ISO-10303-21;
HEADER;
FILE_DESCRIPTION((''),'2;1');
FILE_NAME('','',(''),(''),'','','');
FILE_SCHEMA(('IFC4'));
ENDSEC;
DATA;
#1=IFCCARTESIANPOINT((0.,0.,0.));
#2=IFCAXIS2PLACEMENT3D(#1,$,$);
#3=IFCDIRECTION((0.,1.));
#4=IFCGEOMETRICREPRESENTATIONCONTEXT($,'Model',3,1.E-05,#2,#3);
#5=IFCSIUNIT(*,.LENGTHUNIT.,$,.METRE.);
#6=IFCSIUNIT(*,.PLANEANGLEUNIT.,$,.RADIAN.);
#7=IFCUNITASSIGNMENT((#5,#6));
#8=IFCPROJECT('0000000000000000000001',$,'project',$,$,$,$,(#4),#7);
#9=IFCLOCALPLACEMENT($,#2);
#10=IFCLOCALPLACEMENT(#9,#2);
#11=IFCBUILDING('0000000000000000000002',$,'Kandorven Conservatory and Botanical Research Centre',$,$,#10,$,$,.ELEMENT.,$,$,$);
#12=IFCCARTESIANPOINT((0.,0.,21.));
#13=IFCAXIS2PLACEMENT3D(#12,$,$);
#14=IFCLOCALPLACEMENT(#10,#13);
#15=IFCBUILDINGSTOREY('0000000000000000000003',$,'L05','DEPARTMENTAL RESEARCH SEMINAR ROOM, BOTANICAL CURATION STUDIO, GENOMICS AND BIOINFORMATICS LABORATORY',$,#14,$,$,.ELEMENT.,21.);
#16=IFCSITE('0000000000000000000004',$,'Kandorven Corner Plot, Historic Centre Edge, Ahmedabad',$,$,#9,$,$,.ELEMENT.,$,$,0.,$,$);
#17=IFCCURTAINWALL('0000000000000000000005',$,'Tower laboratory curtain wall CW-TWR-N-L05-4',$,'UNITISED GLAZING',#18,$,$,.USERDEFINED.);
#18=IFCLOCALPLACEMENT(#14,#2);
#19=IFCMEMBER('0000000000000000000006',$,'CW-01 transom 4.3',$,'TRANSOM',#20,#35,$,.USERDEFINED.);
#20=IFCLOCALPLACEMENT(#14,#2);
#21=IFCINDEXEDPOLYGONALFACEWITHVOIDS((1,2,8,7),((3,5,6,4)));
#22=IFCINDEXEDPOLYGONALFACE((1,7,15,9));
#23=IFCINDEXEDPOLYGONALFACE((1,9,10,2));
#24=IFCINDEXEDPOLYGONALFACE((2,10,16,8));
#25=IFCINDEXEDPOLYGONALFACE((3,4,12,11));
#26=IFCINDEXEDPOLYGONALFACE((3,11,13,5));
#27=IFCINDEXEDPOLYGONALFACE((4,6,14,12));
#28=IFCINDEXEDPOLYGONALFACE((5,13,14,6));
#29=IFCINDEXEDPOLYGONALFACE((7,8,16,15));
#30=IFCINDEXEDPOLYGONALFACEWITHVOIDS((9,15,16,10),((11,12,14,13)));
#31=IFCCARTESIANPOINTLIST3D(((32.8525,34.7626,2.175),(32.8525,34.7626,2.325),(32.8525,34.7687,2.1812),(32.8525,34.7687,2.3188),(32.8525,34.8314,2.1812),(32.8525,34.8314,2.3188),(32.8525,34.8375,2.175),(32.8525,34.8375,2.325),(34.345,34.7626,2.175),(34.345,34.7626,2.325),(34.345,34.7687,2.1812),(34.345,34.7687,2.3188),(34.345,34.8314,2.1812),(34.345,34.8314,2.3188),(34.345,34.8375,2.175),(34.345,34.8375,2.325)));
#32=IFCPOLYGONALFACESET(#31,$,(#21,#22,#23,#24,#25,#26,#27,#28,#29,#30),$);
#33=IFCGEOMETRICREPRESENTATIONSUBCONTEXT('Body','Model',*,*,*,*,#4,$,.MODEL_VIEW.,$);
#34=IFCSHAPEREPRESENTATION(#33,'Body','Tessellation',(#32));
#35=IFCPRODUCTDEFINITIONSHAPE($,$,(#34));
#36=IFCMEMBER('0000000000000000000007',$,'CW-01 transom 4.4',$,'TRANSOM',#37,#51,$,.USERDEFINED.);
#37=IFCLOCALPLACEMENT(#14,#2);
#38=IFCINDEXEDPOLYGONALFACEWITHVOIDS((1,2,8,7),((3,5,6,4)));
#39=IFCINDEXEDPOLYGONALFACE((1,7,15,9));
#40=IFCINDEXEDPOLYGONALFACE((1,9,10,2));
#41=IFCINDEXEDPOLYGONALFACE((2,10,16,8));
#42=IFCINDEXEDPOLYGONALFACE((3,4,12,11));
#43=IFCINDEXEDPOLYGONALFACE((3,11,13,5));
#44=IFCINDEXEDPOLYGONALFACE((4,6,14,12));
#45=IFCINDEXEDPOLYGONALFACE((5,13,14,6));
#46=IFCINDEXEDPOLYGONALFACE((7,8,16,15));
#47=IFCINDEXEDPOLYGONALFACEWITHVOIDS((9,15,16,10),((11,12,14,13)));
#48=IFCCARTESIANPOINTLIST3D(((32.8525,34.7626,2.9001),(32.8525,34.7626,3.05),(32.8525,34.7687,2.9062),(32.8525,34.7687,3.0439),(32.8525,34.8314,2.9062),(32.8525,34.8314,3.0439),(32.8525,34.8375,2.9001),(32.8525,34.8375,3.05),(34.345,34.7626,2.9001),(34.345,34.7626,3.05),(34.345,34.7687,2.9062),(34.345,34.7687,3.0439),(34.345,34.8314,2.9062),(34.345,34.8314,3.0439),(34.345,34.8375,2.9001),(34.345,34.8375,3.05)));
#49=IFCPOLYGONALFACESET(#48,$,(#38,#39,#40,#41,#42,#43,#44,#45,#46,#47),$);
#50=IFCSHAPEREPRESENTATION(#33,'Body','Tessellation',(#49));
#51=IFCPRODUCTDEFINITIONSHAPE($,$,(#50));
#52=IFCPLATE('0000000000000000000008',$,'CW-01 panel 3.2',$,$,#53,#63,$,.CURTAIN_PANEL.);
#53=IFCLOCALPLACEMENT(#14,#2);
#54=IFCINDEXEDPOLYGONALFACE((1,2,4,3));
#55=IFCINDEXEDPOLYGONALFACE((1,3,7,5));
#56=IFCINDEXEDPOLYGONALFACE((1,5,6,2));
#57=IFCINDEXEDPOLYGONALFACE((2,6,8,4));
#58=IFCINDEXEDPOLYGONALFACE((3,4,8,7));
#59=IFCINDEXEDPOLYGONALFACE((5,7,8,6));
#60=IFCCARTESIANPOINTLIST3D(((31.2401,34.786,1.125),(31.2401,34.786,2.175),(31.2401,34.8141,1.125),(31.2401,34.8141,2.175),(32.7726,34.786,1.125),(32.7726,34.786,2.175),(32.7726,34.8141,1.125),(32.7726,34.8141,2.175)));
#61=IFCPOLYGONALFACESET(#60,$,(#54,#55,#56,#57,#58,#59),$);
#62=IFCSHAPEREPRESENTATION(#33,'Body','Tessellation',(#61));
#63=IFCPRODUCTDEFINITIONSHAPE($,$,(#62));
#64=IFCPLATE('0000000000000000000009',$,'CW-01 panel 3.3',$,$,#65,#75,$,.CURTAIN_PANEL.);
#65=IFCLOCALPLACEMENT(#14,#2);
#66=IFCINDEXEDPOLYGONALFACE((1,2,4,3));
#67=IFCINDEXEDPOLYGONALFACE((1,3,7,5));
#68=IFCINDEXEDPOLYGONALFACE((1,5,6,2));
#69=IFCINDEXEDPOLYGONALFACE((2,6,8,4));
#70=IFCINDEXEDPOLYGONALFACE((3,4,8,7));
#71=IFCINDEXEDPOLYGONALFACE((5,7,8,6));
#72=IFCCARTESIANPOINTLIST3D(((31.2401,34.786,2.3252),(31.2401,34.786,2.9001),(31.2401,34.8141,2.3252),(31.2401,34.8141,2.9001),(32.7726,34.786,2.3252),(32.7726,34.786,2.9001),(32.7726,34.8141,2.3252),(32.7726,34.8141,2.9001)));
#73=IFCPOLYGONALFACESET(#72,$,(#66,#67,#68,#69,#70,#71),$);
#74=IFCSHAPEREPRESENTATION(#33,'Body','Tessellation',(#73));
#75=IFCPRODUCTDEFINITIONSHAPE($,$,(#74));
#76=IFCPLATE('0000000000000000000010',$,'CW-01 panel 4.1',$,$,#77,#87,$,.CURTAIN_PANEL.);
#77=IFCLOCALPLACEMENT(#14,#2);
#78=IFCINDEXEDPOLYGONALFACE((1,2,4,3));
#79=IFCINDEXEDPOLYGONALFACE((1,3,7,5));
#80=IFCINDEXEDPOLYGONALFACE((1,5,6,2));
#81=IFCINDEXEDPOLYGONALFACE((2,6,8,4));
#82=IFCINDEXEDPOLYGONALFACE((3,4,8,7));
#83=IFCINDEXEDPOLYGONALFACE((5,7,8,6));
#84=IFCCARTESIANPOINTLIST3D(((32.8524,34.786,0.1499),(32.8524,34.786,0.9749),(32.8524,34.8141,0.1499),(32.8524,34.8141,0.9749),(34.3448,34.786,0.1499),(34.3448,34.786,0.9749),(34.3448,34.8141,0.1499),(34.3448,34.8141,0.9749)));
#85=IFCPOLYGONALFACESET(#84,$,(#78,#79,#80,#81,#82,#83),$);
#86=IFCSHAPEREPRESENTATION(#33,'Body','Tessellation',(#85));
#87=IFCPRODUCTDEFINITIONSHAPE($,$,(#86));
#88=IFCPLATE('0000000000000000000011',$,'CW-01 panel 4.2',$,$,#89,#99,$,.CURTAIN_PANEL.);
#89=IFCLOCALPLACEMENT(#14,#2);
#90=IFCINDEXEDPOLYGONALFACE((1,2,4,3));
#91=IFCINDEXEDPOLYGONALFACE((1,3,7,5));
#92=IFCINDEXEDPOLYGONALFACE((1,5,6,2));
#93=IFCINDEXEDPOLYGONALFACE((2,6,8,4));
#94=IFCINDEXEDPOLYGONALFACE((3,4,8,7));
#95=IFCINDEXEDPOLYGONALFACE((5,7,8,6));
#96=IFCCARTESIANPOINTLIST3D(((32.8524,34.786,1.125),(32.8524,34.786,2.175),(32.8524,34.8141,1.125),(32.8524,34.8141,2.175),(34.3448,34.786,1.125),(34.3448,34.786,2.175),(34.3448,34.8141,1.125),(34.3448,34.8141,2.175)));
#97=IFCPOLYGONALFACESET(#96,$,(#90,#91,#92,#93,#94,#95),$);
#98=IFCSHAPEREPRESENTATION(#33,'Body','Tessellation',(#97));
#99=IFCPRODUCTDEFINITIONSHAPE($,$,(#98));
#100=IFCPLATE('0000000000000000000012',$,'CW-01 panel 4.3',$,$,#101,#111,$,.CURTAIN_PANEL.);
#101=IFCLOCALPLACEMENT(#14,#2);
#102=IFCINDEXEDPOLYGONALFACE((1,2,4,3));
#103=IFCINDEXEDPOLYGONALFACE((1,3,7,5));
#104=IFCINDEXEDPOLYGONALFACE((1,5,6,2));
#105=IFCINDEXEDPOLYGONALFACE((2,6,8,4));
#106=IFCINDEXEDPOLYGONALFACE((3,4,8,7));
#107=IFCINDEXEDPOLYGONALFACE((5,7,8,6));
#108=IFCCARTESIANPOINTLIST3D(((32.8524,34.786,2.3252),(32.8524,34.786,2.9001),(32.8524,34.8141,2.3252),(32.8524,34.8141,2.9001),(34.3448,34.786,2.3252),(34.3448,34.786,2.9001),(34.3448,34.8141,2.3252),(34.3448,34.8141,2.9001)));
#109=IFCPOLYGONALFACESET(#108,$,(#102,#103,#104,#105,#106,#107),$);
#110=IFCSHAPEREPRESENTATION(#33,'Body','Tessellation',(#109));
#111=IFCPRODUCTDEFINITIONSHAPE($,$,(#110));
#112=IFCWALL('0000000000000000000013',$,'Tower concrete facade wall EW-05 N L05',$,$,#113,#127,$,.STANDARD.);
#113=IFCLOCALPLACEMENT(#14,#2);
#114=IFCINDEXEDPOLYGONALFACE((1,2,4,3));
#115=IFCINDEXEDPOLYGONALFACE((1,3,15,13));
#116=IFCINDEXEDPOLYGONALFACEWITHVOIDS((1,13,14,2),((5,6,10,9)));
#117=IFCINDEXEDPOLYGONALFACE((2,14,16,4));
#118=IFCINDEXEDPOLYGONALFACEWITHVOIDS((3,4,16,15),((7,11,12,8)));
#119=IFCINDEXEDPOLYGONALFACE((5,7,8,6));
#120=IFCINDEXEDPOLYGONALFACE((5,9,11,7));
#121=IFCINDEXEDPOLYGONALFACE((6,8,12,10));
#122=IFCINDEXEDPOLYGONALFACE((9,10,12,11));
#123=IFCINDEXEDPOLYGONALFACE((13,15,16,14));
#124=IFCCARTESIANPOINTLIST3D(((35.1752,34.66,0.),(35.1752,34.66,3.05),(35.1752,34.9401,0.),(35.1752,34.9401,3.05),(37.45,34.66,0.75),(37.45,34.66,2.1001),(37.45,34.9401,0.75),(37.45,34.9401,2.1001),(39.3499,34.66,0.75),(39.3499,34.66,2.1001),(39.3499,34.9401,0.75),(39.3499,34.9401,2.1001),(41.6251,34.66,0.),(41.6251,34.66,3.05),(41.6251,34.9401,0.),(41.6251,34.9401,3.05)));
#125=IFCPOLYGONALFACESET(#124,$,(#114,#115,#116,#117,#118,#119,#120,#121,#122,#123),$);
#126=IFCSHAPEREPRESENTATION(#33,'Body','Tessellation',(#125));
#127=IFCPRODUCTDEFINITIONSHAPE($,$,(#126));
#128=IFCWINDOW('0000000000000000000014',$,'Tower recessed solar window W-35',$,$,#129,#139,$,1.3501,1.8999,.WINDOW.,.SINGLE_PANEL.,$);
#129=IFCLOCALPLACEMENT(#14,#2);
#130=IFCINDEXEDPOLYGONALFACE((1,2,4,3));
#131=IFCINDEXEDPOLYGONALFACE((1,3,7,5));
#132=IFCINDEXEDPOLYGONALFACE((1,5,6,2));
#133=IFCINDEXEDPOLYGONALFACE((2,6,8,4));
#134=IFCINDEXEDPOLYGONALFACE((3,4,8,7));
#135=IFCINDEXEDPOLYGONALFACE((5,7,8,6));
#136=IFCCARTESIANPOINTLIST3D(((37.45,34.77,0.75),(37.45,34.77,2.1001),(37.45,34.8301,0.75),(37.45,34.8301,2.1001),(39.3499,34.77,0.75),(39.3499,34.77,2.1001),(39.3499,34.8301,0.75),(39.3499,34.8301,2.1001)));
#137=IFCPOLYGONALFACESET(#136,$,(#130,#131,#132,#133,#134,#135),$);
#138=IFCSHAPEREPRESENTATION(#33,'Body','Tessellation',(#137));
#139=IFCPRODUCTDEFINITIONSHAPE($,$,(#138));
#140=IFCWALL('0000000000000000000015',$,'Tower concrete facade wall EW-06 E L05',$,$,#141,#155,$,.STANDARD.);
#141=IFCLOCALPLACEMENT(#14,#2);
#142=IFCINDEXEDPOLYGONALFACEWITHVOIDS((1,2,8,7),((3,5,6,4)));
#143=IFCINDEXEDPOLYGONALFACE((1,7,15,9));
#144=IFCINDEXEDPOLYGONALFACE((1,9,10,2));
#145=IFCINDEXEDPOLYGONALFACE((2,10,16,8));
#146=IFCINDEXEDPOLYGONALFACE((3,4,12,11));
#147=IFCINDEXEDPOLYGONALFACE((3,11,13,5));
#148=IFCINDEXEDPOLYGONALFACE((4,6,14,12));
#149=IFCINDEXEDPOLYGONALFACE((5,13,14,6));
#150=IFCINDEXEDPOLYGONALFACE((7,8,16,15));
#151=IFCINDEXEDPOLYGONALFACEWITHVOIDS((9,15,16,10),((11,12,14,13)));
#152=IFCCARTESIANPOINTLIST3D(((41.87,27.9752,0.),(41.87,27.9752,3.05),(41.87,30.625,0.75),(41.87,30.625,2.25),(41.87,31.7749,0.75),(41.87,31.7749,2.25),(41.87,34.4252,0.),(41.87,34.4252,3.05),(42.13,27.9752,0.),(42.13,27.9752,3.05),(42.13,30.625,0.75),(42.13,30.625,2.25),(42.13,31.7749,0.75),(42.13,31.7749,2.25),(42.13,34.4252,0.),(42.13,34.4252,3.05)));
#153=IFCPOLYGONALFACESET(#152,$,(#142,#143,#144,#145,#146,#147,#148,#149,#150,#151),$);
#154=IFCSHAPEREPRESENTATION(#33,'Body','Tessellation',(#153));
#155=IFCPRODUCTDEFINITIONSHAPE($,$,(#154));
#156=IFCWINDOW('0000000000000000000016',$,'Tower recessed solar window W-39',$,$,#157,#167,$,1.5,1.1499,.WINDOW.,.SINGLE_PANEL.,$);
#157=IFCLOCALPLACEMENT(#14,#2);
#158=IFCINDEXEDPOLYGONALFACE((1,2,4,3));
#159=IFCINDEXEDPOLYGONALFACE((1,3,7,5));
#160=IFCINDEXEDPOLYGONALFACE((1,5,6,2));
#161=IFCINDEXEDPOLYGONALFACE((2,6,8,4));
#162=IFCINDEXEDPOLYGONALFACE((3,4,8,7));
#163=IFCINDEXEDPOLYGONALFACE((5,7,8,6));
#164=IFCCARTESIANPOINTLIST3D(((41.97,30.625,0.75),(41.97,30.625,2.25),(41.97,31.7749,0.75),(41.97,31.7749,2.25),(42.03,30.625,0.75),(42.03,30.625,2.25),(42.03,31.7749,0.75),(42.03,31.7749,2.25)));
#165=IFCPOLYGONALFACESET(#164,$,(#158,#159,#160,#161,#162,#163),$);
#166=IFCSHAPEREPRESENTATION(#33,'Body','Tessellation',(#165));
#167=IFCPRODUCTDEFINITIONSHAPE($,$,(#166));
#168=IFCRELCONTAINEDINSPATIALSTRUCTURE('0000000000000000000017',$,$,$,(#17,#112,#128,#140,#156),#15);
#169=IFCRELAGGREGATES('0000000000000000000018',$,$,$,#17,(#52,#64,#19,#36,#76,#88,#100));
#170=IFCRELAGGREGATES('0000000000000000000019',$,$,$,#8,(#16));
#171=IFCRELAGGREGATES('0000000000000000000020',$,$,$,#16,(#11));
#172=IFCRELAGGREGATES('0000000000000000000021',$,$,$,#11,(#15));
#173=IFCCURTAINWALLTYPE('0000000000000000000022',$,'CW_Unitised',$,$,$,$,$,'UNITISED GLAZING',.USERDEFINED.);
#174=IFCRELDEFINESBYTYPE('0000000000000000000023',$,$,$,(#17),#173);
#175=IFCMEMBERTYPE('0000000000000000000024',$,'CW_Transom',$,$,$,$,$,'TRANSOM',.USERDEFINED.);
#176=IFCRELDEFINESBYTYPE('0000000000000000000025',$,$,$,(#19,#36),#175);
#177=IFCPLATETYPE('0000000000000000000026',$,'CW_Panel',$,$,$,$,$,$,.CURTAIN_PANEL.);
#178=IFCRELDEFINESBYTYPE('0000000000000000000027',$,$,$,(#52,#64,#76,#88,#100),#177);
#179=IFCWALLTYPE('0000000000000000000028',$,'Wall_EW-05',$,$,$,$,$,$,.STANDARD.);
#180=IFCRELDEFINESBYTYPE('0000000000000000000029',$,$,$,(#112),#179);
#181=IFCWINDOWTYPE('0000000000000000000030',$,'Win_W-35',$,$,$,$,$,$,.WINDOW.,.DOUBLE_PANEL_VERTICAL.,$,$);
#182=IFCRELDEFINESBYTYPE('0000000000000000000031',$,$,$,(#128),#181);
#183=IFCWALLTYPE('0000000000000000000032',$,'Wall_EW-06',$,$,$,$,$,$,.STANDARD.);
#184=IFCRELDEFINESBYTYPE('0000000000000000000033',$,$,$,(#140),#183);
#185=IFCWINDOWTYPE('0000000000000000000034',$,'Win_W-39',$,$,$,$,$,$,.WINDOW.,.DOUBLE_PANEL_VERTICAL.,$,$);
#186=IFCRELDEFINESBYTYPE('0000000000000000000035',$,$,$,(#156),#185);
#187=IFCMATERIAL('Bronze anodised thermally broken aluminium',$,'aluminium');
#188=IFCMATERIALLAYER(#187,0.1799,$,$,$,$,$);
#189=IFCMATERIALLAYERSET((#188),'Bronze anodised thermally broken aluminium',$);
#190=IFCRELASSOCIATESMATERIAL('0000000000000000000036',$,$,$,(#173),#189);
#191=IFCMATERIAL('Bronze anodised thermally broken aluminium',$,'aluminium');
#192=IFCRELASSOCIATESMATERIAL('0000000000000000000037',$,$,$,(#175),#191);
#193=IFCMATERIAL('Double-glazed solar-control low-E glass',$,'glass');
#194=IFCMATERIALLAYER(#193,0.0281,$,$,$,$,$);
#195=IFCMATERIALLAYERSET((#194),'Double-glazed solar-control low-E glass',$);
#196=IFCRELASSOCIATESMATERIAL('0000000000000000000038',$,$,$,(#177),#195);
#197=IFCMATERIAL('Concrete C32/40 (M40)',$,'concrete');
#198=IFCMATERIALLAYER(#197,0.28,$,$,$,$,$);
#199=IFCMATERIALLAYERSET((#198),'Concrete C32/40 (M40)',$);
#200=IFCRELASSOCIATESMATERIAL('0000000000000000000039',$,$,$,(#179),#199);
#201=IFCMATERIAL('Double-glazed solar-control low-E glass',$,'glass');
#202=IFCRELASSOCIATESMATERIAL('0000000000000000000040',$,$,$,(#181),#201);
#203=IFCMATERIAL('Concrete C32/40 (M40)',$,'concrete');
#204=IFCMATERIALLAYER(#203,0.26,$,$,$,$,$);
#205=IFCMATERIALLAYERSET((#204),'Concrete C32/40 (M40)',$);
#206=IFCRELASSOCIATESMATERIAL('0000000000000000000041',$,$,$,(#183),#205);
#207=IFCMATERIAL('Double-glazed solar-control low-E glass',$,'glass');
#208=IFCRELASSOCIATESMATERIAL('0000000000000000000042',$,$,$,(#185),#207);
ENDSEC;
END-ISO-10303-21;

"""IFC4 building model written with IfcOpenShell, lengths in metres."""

from ifc_helpers import new_model, si_unit, direction, frame, frame_2d, origin, origin_2d, place, context, subcontext, project, spatial, rectangle, hollow_rectangle, extrude, material, layer, layer_set, material_profile, profile_set, type_object, element, fill, aggregate, save


model = new_model("IFC4")

# Units and contexts
model_context = context("Model", 3, precision=1e-05, world=origin(), true_north=direction((0.0, 1.0)))
body_context = subcontext(model_context, "Body", "Model", "MODEL_VIEW")
ifc_project = project(units=[si_unit("LENGTHUNIT", "METRE"), si_unit("PLANEANGLEUNIT", "RADIAN")], contexts=[model_context])

# Site, building, storey
site_placement = place(None, origin())
site = spatial("IfcSite", under=ifc_project, at=site_placement, Name="Kandorven Corner Plot, Historic Centre Edge, Ahmedabad", CompositionType="ELEMENT", RefElevation=0.0)
building_placement = place(site_placement, origin())
building = spatial("IfcBuilding", under=site, at=building_placement, Name="Kandorven Conservatory and Botanical Research Centre", CompositionType="ELEMENT")
storey_placement = place(building_placement, frame((0.0, 0.0, 21.0)))
storey = spatial("IfcBuildingStorey", under=building, at=storey_placement, Name="L05", Description="DEPARTMENTAL RESEARCH SEMINAR ROOM, BOTANICAL CURATION STUDIO, GENOMICS AND BIOINFORMATICS LABORATORY", CompositionType="ELEMENT", Elevation=21.0)

# Curtain wall, members, plates
ifc_material_1 = material(Name="Bronze anodised thermally broken aluminium", Category="aluminium")
ifc_layer_1 = layer(ifc_material_1, 0.1799)
ifc_layer_set_1 = layer_set([ifc_layer_1], Name="Bronze anodised thermally broken aluminium")
curtain_wall_type = type_object("IfcCurtainWallType", Name="CW_Unitised", ElementType="UNITISED GLAZING", PredefinedType="USERDEFINED", material=ifc_layer_set_1)
curtain_wall_placement = place(storey_placement, origin())
curtain_wall = element("IfcCurtainWall", 1, at=curtain_wall_placement, inside=storey, type_object=curtain_wall_type, Name="Tower laboratory curtain wall CW-TWR-N-L05-4", ObjectType="UNITISED GLAZING", PredefinedType="USERDEFINED")
ifc_material_2 = material(Name="Bronze anodised thermally broken aluminium", Category="aluminium")
ifc_material_profile_1 = material_profile(ifc_material_2, hollow_rectangle(XDim=0.075, YDim=0.1499, WallThickness=0.0061, at=origin_2d()))
ifc_profile_set_1 = profile_set([ifc_material_profile_1], Name="Bronze anodised thermally broken aluminium")
member_type_1 = type_object("IfcMemberType", Name="CW_Transom", ElementType="TRANSOM", PredefinedType="USERDEFINED", material=ifc_profile_set_1)
member_1_placement = place(storey_placement, frame((32.8525, 34.8, 2.25), z_axis=(1.0, 0.0, 0.0), x_axis=(0.0, 1.0, 0.0)))
member_1 = element("IfcMember", 2, at=member_1_placement, type_object=member_type_1, Name="CW-01 transom 4.3", ObjectType="TRANSOM", PredefinedType="USERDEFINED", context=body_context, shape_type="SweptSolid", body=[
    extrude(hollow_rectangle(XDim=0.075, YDim=0.1499, WallThickness=0.0061, at=origin_2d()), origin(), (0.0, 0.0, 1.0), 1.4924),
])
member_2_placement = place(storey_placement, frame((32.8525, 34.8, 2.9751), z_axis=(1.0, 0.0, 0.0), x_axis=(0.0, 1.0, 0.0)))
member_2 = element("IfcMember", 3, at=member_2_placement, type_object=member_type_1, Name="CW-01 transom 4.4", ObjectType="TRANSOM", PredefinedType="USERDEFINED", context=body_context, shape_type="SweptSolid", body=[
    extrude(hollow_rectangle(XDim=0.075, YDim=0.1499, WallThickness=0.0061, at=origin_2d()), origin(), (0.0, 0.0, 1.0), 1.4924),
])
ifc_material_3 = material(Name="Double-glazed solar-control low-E glass", Category="glass")
ifc_layer_2 = layer(ifc_material_3, 0.0281)
ifc_layer_set_2 = layer_set([ifc_layer_2], Name="Double-glazed solar-control low-E glass")
plate_type = type_object("IfcPlateType", Name="CW_Panel", PredefinedType="CURTAIN_PANEL", material=ifc_layer_set_2)
plate_1_placement = place(storey_placement, frame((32.0063, 34.8, 1.125), z_axis=(0.0, 0.0, 1.0), x_axis=(1.0, 0.0, 0.0)))
plate_1 = element("IfcPlate", 4, at=plate_1_placement, type_object=plate_type, Name="CW-01 panel 3.2", PredefinedType="CURTAIN_PANEL", context=body_context, shape_type="SweptSolid", body=[
    extrude(rectangle(XDim=1.5325, YDim=0.0281, at=origin_2d()), origin(), (0.0, 0.0, 1.0), 1.05),
])
plate_2_placement = place(storey_placement, frame((32.0063, 34.8, 2.3252), z_axis=(0.0, 0.0, 1.0), x_axis=(1.0, 0.0, 0.0)))
plate_2 = element("IfcPlate", 5, at=plate_2_placement, type_object=plate_type, Name="CW-01 panel 3.3", PredefinedType="CURTAIN_PANEL", context=body_context, shape_type="SweptSolid", body=[
    extrude(rectangle(XDim=1.5325, YDim=0.0281, at=origin_2d()), origin(), (0.0, 0.0, 1.0), 0.575),
])
plate_3_placement = place(storey_placement, frame((33.5986, 34.8, 0.1499), z_axis=(0.0, 0.0, 1.0), x_axis=(1.0, 0.0, 0.0)))
plate_3 = element("IfcPlate", 6, at=plate_3_placement, type_object=plate_type, Name="CW-01 panel 4.1", PredefinedType="CURTAIN_PANEL", context=body_context, shape_type="SweptSolid", body=[
    extrude(rectangle(XDim=1.4924, YDim=0.0281, at=origin_2d()), origin(), (0.0, 0.0, 1.0), 0.825),
])
plate_4_placement = place(storey_placement, frame((33.5986, 34.8, 1.125), z_axis=(0.0, 0.0, 1.0), x_axis=(1.0, 0.0, 0.0)))
plate_4 = element("IfcPlate", 7, at=plate_4_placement, type_object=plate_type, Name="CW-01 panel 4.2", PredefinedType="CURTAIN_PANEL", context=body_context, shape_type="SweptSolid", body=[
    extrude(rectangle(XDim=1.4924, YDim=0.0281, at=origin_2d()), origin(), (0.0, 0.0, 1.0), 1.05),
])
plate_5_placement = place(storey_placement, frame((33.5986, 34.8, 2.3252), z_axis=(0.0, 0.0, 1.0), x_axis=(1.0, 0.0, 0.0)))
plate_5 = element("IfcPlate", 8, at=plate_5_placement, type_object=plate_type, Name="CW-01 panel 4.3", PredefinedType="CURTAIN_PANEL", context=body_context, shape_type="SweptSolid", body=[
    extrude(rectangle(XDim=1.4924, YDim=0.0281, at=origin_2d()), origin(), (0.0, 0.0, 1.0), 0.575),
])
aggregate(curtain_wall, [plate_1, plate_2, member_1, member_2, plate_3, plate_4, plate_5])

# Walls, openings, windows
ifc_material_4 = material(Name="Concrete C32/40 (M40)", Category="concrete")
ifc_layer_3 = layer(ifc_material_4, 0.28)
ifc_layer_set_3 = layer_set([ifc_layer_3], Name="Concrete C32/40 (M40)")
wall_type_1 = type_object("IfcWallType", Name="Wall_EW-05", PredefinedType="STANDARD", material=ifc_layer_set_3)
wall_1_placement = place(storey_placement, frame((35.175, 34.8, 0.0), z_axis=(0.0, 0.0, 1.0), x_axis=(1.0, 0.0, 0.0)))
wall_1 = element("IfcWall", 9, at=wall_1_placement, inside=storey, type_object=wall_type_1, Name="Tower concrete facade wall EW-05 N L05", PredefinedType="STANDARD", context=body_context, shape_type="SweptSolid", body=[
    extrude(rectangle(XDim=6.45, YDim=0.28, at=frame_2d((3.2251, 0.0))), origin(), (0.0, 0.0, 1.0), 3.05),
])
opening_1_placement = place(wall_1_placement, frame((2.2749, 0.0, 0.75)))
opening_1 = element("IfcOpeningElement", 10, at=opening_1_placement, cuts=wall_1, PredefinedType="OPENING", context=body_context, shape_type="SweptSolid", body=[
    extrude(rectangle(XDim=1.8999, YDim=1.3501, at=frame_2d((0.95, 0.675))), frame((0.0, 0.1499, 0.0), z_axis=(0.0, -1.0, 0.0), x_axis=(1.0, 0.0, 0.0)), (0.0, 0.0, 1.0), 0.3),
])
ifc_material_5 = material(Name="Double-glazed solar-control low-E glass", Category="glass")
window_type_1 = type_object("IfcWindowType", Name="Win_W-35", PartitioningType="DOUBLE_PANEL_VERTICAL", PredefinedType="WINDOW", material=ifc_material_5)
window_1_placement = place(opening_1_placement, origin())
window_1 = element("IfcWindow", 11, at=window_1_placement, inside=storey, type_object=window_type_1, Name="Tower recessed solar window W-35", OverallHeight=1.3501, OverallWidth=1.8999, PartitioningType="SINGLE_PANEL", PredefinedType="WINDOW", context=body_context, shape_type="SweptSolid", body=[
    extrude(rectangle(XDim=1.8999, YDim=1.3501, at=frame_2d((0.95, 0.675))), frame((0.0, 0.03, 0.0), z_axis=(0.0, -1.0, 0.0), x_axis=(1.0, 0.0, 0.0)), (0.0, 0.0, 1.0), 0.0601),
])
fill(opening_1, window_1)
ifc_material_6 = material(Name="Concrete C32/40 (M40)", Category="concrete")
ifc_layer_4 = layer(ifc_material_6, 0.26)
ifc_layer_set_4 = layer_set([ifc_layer_4], Name="Concrete C32/40 (M40)")
wall_type_2 = type_object("IfcWallType", Name="Wall_EW-06", PredefinedType="STANDARD", material=ifc_layer_set_4)
wall_2_placement = place(storey_placement, frame((42.0, 27.9751, 0.0), z_axis=(0.0, 0.0, 1.0), x_axis=(0.0, 1.0, 0.0)))
wall_2 = element("IfcWall", 12, at=wall_2_placement, inside=storey, type_object=wall_type_2, Name="Tower concrete facade wall EW-06 E L05", PredefinedType="STANDARD", context=body_context, shape_type="SweptSolid", body=[
    extrude(rectangle(XDim=6.45, YDim=0.26, at=frame_2d((3.2251, 0.0))), origin(), (0.0, 0.0, 1.0), 3.05),
])
opening_2_placement = place(wall_2_placement, frame((2.6499, 0.0, 0.75)))
opening_2 = element("IfcOpeningElement", 13, at=opening_2_placement, cuts=wall_2, PredefinedType="OPENING", context=body_context, shape_type="SweptSolid", body=[
    extrude(rectangle(XDim=1.1499, YDim=1.5, at=frame_2d((0.575, 0.75))), frame((0.0, 0.1399, 0.0), z_axis=(0.0, -1.0, 0.0), x_axis=(1.0, 0.0, 0.0)), (0.0, 0.0, 1.0), 0.28),
])
ifc_material_7 = material(Name="Double-glazed solar-control low-E glass", Category="glass")
window_type_2 = type_object("IfcWindowType", Name="Win_W-39", PartitioningType="DOUBLE_PANEL_VERTICAL", PredefinedType="WINDOW", material=ifc_material_7)
window_2_placement = place(opening_2_placement, origin())
window_2 = element("IfcWindow", 14, at=window_2_placement, inside=storey, type_object=window_type_2, Name="Tower recessed solar window W-39", OverallHeight=1.5, OverallWidth=1.1499, PartitioningType="SINGLE_PANEL", PredefinedType="WINDOW", context=body_context, shape_type="SweptSolid", body=[
    extrude(rectangle(XDim=1.1499, YDim=1.5, at=frame_2d((0.575, 0.75))), frame((0.0, 0.03, 0.0), z_axis=(0.0, -1.0, 0.0), x_axis=(1.0, 0.0, 0.0)), (0.0, 0.0, 1.0), 0.0601),
])
fill(opening_2, window_2)

save(model, "model.ifc")
